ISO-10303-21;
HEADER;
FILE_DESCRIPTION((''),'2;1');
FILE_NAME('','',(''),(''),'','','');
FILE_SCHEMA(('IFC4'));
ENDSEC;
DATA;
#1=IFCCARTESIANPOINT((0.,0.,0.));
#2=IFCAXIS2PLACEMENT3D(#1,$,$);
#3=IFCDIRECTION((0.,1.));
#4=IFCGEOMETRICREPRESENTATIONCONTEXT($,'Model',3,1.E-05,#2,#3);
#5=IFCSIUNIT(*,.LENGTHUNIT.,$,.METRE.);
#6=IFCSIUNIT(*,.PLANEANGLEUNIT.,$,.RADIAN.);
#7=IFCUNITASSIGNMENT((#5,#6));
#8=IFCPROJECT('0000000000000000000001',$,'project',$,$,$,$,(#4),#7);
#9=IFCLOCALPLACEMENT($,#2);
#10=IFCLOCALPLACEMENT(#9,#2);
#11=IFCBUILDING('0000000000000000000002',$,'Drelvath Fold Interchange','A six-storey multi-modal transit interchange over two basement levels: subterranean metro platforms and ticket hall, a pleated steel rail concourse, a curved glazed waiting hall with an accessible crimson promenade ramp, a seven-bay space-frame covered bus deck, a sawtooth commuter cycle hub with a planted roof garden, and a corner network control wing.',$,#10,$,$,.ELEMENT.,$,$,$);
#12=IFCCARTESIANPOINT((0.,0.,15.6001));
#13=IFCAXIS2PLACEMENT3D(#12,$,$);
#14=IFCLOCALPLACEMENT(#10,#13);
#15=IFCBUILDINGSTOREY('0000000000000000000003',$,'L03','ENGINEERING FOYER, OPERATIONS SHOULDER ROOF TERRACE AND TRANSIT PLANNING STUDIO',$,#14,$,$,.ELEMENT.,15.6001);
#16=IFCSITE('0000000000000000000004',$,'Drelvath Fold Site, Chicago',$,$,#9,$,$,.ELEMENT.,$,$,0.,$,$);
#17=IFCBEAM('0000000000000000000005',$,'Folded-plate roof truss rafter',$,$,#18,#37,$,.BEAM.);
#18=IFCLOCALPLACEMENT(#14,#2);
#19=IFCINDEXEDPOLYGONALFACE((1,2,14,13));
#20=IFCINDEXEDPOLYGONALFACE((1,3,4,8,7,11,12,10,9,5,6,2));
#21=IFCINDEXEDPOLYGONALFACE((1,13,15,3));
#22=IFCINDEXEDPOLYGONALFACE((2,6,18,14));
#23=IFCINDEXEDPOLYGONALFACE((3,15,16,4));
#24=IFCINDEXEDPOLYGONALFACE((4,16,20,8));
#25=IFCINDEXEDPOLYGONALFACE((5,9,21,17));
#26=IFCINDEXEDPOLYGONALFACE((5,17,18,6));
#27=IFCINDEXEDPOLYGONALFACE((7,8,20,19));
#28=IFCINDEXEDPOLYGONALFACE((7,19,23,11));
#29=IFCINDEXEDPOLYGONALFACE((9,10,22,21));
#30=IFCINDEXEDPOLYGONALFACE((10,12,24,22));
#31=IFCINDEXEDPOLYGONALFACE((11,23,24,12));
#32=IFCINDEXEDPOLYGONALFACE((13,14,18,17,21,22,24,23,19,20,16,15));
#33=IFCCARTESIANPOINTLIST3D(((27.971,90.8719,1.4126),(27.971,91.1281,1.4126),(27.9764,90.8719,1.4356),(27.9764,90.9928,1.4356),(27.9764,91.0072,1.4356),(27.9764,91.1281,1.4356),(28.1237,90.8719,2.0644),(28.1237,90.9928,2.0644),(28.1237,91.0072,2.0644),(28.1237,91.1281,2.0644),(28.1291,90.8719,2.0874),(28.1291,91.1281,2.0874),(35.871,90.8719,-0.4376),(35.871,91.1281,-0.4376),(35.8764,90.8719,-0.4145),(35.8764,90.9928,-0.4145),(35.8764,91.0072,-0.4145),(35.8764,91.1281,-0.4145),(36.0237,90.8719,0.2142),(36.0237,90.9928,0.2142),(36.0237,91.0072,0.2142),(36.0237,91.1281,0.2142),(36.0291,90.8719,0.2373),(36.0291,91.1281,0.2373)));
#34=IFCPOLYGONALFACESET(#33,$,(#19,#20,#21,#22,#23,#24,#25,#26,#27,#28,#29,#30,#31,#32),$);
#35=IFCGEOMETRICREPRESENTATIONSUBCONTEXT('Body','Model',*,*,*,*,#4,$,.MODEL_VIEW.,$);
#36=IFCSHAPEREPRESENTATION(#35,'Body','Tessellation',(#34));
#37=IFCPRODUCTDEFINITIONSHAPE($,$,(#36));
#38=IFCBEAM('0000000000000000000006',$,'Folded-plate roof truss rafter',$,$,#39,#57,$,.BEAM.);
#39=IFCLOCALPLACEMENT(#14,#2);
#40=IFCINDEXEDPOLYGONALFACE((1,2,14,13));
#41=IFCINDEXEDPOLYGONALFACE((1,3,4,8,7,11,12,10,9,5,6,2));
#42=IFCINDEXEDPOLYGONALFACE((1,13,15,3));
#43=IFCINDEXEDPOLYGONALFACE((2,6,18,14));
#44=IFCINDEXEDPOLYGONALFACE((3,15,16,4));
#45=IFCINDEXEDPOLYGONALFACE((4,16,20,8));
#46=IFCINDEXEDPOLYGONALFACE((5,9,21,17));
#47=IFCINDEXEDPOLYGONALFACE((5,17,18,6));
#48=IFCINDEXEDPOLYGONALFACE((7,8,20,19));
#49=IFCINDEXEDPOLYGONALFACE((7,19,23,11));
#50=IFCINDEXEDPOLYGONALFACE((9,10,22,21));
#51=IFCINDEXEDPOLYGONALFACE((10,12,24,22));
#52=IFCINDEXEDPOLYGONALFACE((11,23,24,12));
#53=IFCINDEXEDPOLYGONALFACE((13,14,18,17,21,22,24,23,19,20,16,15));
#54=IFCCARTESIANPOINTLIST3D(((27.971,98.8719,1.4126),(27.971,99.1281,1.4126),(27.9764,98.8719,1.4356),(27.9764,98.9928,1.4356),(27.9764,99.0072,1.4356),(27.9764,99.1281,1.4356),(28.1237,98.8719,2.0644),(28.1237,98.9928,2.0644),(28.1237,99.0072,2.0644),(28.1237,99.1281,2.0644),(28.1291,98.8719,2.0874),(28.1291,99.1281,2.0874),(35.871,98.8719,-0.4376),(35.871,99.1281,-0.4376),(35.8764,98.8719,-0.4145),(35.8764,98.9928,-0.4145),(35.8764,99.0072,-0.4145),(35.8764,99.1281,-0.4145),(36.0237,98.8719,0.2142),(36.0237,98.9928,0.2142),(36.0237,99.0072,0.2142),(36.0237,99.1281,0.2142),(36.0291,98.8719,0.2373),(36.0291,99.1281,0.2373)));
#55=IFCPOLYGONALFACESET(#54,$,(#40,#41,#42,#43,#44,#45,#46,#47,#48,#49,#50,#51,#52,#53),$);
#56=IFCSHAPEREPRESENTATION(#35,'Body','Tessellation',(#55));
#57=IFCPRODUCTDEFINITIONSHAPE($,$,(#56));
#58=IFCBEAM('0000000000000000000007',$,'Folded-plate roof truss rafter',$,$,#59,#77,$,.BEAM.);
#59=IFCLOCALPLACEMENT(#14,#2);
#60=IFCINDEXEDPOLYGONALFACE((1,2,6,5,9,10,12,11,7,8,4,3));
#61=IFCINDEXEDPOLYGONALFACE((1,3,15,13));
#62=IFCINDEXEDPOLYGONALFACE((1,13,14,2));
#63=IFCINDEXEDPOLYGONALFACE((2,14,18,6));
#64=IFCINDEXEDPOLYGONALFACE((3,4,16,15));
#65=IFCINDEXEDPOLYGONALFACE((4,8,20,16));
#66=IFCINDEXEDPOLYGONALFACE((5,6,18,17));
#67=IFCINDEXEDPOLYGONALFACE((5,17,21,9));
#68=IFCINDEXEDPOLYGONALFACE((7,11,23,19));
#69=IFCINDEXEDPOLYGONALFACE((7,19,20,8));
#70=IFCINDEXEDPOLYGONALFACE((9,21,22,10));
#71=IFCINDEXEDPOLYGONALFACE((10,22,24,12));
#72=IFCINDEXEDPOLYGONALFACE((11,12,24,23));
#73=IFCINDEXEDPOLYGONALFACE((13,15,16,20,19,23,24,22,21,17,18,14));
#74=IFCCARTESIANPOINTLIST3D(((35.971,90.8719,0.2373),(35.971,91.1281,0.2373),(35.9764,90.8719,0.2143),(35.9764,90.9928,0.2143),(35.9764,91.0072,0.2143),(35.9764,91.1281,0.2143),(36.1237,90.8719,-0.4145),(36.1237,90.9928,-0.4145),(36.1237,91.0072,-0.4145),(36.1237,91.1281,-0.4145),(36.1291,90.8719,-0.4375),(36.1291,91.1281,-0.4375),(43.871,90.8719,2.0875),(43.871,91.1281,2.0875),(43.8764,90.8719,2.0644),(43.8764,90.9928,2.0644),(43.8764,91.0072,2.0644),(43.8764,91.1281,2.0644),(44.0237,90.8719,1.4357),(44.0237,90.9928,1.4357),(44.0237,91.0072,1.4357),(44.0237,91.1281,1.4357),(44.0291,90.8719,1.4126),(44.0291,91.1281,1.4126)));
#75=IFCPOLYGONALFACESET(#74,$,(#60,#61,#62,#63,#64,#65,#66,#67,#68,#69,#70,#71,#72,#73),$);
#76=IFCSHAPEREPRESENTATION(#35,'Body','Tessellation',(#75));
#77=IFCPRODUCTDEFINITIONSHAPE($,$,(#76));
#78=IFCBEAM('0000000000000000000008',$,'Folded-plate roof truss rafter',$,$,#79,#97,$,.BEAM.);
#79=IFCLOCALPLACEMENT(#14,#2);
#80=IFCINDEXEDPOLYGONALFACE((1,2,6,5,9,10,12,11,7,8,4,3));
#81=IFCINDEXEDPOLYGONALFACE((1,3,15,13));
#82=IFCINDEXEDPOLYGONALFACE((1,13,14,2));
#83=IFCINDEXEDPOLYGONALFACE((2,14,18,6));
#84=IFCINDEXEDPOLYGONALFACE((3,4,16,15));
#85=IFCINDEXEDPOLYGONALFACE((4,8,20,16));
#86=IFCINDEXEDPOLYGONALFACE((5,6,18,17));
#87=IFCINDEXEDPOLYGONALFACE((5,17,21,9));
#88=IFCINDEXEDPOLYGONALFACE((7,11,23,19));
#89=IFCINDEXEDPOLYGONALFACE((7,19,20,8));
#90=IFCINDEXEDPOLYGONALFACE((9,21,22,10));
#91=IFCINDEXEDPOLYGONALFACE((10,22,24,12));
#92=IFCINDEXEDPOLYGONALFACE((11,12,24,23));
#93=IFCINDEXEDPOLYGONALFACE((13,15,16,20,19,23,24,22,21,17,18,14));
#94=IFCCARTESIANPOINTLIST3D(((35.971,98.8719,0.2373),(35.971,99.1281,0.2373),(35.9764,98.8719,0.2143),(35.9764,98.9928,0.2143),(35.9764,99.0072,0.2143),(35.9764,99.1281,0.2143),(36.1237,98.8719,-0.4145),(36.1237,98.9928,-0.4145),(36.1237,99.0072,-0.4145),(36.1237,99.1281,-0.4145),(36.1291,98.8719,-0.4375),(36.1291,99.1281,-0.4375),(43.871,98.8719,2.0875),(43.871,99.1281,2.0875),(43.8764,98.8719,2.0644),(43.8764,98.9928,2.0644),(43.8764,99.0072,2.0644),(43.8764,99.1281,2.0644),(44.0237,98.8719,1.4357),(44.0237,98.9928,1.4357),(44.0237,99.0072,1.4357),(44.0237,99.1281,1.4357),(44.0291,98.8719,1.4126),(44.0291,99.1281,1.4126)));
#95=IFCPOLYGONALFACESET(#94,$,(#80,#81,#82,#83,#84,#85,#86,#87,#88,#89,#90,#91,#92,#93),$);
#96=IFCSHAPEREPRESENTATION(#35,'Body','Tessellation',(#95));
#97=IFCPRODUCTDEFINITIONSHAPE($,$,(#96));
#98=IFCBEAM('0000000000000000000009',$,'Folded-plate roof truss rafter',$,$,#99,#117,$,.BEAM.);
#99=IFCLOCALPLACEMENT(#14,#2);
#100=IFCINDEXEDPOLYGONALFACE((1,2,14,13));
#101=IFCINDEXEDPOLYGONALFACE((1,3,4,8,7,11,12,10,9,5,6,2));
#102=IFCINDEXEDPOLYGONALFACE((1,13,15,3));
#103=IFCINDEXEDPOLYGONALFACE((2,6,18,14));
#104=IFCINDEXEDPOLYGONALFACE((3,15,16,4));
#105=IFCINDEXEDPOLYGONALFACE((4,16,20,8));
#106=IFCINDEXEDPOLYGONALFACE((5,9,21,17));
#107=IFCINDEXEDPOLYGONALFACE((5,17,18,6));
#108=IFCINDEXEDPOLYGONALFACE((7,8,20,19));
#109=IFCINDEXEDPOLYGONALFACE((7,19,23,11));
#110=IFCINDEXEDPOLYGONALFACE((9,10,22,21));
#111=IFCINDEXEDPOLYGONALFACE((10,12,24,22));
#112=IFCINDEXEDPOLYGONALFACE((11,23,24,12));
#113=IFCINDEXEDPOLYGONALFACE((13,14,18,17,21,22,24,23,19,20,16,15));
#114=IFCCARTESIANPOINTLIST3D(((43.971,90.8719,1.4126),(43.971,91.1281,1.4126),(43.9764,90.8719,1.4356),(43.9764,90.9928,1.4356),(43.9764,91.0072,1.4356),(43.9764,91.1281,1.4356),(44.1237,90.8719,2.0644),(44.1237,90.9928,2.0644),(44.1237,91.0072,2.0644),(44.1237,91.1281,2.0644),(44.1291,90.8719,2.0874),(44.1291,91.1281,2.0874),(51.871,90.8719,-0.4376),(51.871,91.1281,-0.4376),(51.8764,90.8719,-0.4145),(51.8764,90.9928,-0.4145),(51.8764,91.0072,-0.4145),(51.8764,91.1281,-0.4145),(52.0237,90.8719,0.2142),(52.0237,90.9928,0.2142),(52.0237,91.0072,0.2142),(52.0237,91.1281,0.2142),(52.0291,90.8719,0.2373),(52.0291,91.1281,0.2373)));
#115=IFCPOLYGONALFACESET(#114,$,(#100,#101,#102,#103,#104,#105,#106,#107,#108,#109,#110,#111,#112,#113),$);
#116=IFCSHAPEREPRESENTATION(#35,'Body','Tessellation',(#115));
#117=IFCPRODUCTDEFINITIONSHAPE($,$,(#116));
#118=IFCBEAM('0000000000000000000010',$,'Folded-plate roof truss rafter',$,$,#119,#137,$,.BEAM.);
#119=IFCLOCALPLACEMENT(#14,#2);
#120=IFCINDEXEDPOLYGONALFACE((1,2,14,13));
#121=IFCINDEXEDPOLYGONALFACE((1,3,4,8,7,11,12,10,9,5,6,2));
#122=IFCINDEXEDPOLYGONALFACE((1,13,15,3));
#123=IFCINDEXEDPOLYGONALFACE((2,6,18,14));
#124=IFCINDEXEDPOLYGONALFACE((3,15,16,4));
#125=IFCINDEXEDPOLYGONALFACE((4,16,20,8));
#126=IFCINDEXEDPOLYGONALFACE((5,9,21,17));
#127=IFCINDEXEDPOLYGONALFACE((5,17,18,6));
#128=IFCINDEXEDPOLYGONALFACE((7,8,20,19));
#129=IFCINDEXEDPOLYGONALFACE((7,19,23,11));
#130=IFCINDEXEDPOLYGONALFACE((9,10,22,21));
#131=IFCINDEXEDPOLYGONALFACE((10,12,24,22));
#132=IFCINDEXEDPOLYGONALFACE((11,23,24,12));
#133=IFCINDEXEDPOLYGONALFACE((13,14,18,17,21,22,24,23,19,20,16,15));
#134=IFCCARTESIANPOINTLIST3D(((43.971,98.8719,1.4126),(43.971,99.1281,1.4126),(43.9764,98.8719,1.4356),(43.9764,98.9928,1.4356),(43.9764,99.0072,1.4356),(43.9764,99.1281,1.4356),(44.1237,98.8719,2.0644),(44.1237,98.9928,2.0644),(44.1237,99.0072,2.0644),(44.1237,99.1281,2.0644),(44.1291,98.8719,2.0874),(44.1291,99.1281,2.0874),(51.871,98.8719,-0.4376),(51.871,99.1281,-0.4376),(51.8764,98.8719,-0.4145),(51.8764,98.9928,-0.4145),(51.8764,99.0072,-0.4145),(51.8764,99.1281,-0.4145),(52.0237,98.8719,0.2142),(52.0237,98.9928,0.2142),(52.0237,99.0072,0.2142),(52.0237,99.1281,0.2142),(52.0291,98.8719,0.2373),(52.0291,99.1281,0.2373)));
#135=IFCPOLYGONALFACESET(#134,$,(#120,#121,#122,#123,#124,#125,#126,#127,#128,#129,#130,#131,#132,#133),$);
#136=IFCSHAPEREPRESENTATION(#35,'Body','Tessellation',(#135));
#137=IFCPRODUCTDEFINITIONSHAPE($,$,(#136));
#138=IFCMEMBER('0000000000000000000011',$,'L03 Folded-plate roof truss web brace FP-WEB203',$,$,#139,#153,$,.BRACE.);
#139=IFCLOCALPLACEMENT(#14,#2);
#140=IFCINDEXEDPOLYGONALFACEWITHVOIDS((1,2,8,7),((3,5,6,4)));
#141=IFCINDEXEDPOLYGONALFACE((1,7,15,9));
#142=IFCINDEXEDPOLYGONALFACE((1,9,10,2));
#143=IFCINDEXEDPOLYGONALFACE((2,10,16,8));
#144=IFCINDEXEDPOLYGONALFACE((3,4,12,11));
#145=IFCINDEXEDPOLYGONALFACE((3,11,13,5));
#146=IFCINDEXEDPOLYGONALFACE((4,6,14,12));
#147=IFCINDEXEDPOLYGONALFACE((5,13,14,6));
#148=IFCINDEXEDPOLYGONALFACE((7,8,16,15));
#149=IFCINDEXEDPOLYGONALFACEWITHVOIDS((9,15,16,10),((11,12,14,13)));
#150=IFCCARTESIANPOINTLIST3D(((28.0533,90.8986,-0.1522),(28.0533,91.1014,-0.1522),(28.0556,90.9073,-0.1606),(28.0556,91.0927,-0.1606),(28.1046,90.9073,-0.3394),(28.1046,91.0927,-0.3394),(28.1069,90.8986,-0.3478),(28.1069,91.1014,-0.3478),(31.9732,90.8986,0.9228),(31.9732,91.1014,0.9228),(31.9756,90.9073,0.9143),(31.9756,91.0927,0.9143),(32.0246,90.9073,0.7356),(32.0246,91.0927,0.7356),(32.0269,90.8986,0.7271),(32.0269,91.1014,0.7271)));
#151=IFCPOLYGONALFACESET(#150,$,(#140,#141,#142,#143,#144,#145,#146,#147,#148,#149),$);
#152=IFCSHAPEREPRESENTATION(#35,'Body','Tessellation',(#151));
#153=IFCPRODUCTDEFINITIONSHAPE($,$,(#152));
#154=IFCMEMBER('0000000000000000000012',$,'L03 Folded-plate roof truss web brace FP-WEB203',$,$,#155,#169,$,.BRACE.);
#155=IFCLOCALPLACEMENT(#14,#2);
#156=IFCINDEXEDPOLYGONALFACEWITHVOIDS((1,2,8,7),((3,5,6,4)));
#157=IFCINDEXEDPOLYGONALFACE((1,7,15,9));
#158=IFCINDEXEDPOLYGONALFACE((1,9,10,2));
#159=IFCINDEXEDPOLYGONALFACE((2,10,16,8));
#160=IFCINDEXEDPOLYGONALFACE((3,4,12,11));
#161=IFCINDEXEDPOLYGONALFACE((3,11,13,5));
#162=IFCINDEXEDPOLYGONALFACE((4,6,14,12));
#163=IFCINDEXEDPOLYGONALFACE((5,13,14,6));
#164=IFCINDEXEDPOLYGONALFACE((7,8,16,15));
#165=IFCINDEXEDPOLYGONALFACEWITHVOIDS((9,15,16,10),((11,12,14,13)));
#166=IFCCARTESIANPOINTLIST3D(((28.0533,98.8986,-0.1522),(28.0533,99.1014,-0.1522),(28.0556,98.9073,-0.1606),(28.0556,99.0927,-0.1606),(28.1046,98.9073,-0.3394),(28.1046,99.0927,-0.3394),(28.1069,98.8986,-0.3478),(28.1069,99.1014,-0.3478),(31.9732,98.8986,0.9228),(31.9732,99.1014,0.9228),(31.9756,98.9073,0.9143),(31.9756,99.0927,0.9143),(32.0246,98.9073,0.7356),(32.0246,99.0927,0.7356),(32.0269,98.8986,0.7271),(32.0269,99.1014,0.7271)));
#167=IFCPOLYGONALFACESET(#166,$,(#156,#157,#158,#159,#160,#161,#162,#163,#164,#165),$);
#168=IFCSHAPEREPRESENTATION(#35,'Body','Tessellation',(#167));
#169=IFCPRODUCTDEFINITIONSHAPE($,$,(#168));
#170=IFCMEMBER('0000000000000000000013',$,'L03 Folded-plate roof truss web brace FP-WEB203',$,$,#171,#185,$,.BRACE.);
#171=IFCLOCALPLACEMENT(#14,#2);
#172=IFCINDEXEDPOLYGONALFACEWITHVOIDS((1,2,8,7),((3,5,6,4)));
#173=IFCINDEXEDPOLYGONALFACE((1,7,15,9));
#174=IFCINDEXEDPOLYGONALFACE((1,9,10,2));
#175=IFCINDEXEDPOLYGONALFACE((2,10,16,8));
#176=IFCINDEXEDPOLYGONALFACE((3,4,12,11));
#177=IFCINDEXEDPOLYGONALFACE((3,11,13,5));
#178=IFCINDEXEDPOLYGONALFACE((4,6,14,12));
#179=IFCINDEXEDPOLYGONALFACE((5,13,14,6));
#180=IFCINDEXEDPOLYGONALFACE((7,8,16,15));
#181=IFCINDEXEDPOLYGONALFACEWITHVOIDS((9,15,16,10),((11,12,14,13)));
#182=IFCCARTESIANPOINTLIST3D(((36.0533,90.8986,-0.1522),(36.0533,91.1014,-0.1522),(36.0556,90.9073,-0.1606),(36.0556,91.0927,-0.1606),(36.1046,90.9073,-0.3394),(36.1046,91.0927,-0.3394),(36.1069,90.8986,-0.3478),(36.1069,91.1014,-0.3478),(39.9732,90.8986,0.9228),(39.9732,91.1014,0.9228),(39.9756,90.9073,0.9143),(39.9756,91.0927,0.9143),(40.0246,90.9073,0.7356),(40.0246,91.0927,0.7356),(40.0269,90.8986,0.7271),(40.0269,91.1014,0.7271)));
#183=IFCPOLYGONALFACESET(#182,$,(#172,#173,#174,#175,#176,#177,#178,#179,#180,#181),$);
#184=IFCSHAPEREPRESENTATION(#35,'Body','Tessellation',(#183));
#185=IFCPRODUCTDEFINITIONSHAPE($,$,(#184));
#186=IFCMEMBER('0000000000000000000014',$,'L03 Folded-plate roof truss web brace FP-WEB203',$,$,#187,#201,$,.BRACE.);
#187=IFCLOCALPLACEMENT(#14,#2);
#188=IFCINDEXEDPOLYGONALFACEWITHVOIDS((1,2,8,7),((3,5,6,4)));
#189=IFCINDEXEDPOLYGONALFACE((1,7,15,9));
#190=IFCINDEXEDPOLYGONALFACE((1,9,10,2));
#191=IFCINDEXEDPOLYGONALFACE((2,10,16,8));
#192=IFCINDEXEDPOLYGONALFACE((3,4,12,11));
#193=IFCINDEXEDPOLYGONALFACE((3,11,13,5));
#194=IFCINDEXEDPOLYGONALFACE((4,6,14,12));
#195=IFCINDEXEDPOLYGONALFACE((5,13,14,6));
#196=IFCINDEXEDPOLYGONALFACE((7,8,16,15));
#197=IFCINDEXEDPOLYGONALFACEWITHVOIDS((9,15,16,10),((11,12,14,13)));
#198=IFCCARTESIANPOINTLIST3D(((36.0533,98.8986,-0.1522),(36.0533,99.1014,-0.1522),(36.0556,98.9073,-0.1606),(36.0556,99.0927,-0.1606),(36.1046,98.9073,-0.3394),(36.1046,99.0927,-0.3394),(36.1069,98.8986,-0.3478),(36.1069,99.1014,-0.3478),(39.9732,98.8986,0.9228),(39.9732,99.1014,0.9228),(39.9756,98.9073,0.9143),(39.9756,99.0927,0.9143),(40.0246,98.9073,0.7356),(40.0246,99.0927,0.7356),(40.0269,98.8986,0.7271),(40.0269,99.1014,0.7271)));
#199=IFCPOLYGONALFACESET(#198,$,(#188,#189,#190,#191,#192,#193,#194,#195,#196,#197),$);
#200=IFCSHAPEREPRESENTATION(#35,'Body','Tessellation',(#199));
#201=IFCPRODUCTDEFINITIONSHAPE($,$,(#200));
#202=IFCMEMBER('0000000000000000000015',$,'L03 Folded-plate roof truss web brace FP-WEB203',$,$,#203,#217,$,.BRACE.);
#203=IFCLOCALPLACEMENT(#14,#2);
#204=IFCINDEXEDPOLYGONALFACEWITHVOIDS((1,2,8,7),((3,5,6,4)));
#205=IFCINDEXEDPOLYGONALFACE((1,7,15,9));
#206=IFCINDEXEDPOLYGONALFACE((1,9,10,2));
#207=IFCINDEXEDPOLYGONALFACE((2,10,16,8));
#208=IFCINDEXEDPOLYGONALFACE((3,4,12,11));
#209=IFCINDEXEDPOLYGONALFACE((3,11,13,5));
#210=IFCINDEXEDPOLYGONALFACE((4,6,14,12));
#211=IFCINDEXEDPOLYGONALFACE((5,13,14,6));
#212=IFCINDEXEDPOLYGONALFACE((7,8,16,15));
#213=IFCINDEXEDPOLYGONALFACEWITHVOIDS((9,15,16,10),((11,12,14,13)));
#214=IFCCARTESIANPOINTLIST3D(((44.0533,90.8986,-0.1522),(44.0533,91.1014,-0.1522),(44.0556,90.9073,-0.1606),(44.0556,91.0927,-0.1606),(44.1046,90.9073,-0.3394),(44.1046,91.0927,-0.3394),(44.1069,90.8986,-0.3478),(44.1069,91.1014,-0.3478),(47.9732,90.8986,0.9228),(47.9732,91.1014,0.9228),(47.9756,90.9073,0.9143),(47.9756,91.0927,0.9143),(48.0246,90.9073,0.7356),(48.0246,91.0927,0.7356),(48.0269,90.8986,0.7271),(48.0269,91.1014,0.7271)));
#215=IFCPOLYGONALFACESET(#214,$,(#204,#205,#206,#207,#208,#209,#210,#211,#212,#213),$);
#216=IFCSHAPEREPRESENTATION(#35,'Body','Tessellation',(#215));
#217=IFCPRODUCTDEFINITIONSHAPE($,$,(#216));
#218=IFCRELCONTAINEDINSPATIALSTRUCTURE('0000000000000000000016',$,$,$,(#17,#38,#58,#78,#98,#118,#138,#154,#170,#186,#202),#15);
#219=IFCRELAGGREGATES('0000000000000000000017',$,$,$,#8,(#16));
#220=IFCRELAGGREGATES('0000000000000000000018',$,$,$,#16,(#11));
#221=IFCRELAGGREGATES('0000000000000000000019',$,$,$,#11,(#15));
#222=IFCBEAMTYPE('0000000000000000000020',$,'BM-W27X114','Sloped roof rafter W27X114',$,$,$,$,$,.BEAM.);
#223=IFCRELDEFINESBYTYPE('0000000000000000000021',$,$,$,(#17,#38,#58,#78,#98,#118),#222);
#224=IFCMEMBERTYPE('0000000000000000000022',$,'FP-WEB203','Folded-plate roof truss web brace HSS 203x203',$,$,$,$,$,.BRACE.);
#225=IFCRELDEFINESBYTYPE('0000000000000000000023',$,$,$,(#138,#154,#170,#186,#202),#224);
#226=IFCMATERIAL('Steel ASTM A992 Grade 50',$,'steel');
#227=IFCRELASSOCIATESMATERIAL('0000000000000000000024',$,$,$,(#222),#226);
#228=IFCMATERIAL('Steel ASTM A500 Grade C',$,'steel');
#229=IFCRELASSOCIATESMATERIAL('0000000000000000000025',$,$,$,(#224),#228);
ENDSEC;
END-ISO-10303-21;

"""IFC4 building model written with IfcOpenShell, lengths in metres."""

from ifc_helpers import new_model, si_unit, direction, frame, origin, origin_2d, place, context, subcontext, project, spatial, hollow_rectangle, i_section, extrude, material, material_profile, profile_set, type_object, element, save


model = new_model("IFC4")

# Units and contexts
model_context = context("Model", 3, precision=1e-05, world=origin(), true_north=direction((0.0, 1.0)))
body_context = subcontext(model_context, "Body", "Model", "MODEL_VIEW")
ifc_project = project(units=[si_unit("LENGTHUNIT", "METRE"), si_unit("PLANEANGLEUNIT", "RADIAN")], contexts=[model_context])

# Site, building, storey
site_placement = place(None, origin())
site = spatial("IfcSite", under=ifc_project, at=site_placement, Name="Drelvath Fold Site, Chicago", CompositionType="ELEMENT", RefElevation=0.0)
building_placement = place(site_placement, origin())
building = spatial("IfcBuilding", under=site, at=building_placement, Name="Drelvath Fold Interchange", Description="A six-storey multi-modal transit interchange over two basement levels: subterranean metro platforms and ticket hall, a pleated steel rail concourse, a curved glazed waiting hall with an accessible crimson promenade ramp, a seven-bay space-frame covered bus deck, a sawtooth commuter cycle hub with a planted roof garden, and a corner network control wing.", CompositionType="ELEMENT")
storey_placement = place(building_placement, frame((0.0, 0.0, 15.6001)))
storey = spatial("IfcBuildingStorey", under=building, at=storey_placement, Name="L03", Description="ENGINEERING FOYER, OPERATIONS SHOULDER ROOF TERRACE AND TRANSIT PLANNING STUDIO", CompositionType="ELEMENT", Elevation=15.6001)

# Beams
ifc_material_1 = material(Name="Steel ASTM A992 Grade 50", Category="steel")
ifc_material_profile_1 = material_profile(ifc_material_1, i_section(OverallWidth=0.2561, OverallDepth=0.6931, WebThickness=0.0144, FlangeThickness=0.0237, at=origin_2d()), Name="W27X114")
ifc_profile_set_1 = profile_set([ifc_material_profile_1], Name="Steel ASTM A992 Grade 50")
beam_type = type_object("IfcBeamType", Name="BM-W27X114", Description="Sloped roof rafter W27X114", PredefinedType="BEAM", material=ifc_profile_set_1)
for number, where, z_axis, x_axis, name in (
    (1, (28.05, 91.0, 1.75), (0.973656, 0.0, -0.228023), (0.0, 1.0, 0.0), "Folded-plate roof truss rafter"),
    (2, (28.05, 99.0, 1.75), (0.973656, 0.0, -0.228023), (0.0, 1.0, 0.0), "Folded-plate roof truss rafter"),
    (3, (36.05, 91.0, -0.1001), (0.973656, 0.0, 0.228023), (0.0, 1.0, 0.0), "Folded-plate roof truss rafter"),
    (4, (36.05, 99.0, -0.1001), (0.973656, 0.0, 0.228023), (0.0, 1.0, 0.0), "Folded-plate roof truss rafter"),
    (5, (44.05, 91.0, 1.75), (0.973656, 0.0, -0.228023), (0.0, 1.0, 0.0), "Folded-plate roof truss rafter"),
    (6, (44.05, 99.0, 1.75), (0.973656, 0.0, -0.228023), (0.0, 1.0, 0.0), "Folded-plate roof truss rafter"),
):
    element("IfcBeam", number, at=place(storey_placement, frame(where, z_axis=z_axis, x_axis=x_axis)), inside=storey, type_object=beam_type, Name=name, PredefinedType="BEAM", context=body_context, shape_type="SweptSolid", body=[
        extrude(i_section(OverallWidth=0.2561, OverallDepth=0.6931, WebThickness=0.0144, FlangeThickness=0.0237, at=origin_2d()), origin(), (0.0, 0.0, 1.0), 8.1138),
    ])

# Members
ifc_material_2 = material(Name="Steel ASTM A500 Grade C", Category="steel")
ifc_material_profile_2 = material_profile(ifc_material_2, hollow_rectangle(XDim=0.2029, YDim=0.2029, WallThickness=0.0088, at=origin_2d()), Name="HSS8X8X3/8")
ifc_profile_set_2 = profile_set([ifc_material_profile_2], Name="Steel ASTM A500 Grade C")
member_type_1 = type_object("IfcMemberType", Name="FP-WEB203", Description="Folded-plate roof truss web brace HSS 203x203", PredefinedType="BRACE", material=ifc_profile_set_2)
for number, where, z_axis, x_axis, name in (
    (7, (28.0801, 91.0, -0.25), (0.964396, 0.0, 0.264464), (0.0, 1.0, 0.0), "L03 Folded-plate roof truss web brace FP-WEB203"),
    (8, (28.0801, 99.0, -0.25), (0.964396, 0.0, 0.264464), (0.0, 1.0, 0.0), "L03 Folded-plate roof truss web brace FP-WEB203"),
    (9, (36.0801, 91.0, -0.25), (0.964396, 0.0, 0.264464), (0.0, 1.0, 0.0), "L03 Folded-plate roof truss web brace FP-WEB203"),
    (10, (36.0801, 99.0, -0.25), (0.964396, 0.0, 0.264464), (0.0, 1.0, 0.0), "L03 Folded-plate roof truss web brace FP-WEB203"),
    (11, (44.0801, 91.0, -0.25), (0.964396, 0.0, 0.264464), (0.0, 1.0, 0.0), "L03 Folded-plate roof truss web brace FP-WEB203"),
):
    element("IfcMember", number, at=place(storey_placement, frame(where, z_axis=z_axis, x_axis=x_axis)), inside=storey, type_object=member_type_1, Name=name, PredefinedType="BRACE", context=body_context, shape_type="SweptSolid", body=[
        extrude(hollow_rectangle(XDim=0.2029, YDim=0.2029, WallThickness=0.0088, at=origin_2d()), origin(), (0.0, 0.0, 1.0), 4.0647),
    ])

save(model, "model.ifc")
